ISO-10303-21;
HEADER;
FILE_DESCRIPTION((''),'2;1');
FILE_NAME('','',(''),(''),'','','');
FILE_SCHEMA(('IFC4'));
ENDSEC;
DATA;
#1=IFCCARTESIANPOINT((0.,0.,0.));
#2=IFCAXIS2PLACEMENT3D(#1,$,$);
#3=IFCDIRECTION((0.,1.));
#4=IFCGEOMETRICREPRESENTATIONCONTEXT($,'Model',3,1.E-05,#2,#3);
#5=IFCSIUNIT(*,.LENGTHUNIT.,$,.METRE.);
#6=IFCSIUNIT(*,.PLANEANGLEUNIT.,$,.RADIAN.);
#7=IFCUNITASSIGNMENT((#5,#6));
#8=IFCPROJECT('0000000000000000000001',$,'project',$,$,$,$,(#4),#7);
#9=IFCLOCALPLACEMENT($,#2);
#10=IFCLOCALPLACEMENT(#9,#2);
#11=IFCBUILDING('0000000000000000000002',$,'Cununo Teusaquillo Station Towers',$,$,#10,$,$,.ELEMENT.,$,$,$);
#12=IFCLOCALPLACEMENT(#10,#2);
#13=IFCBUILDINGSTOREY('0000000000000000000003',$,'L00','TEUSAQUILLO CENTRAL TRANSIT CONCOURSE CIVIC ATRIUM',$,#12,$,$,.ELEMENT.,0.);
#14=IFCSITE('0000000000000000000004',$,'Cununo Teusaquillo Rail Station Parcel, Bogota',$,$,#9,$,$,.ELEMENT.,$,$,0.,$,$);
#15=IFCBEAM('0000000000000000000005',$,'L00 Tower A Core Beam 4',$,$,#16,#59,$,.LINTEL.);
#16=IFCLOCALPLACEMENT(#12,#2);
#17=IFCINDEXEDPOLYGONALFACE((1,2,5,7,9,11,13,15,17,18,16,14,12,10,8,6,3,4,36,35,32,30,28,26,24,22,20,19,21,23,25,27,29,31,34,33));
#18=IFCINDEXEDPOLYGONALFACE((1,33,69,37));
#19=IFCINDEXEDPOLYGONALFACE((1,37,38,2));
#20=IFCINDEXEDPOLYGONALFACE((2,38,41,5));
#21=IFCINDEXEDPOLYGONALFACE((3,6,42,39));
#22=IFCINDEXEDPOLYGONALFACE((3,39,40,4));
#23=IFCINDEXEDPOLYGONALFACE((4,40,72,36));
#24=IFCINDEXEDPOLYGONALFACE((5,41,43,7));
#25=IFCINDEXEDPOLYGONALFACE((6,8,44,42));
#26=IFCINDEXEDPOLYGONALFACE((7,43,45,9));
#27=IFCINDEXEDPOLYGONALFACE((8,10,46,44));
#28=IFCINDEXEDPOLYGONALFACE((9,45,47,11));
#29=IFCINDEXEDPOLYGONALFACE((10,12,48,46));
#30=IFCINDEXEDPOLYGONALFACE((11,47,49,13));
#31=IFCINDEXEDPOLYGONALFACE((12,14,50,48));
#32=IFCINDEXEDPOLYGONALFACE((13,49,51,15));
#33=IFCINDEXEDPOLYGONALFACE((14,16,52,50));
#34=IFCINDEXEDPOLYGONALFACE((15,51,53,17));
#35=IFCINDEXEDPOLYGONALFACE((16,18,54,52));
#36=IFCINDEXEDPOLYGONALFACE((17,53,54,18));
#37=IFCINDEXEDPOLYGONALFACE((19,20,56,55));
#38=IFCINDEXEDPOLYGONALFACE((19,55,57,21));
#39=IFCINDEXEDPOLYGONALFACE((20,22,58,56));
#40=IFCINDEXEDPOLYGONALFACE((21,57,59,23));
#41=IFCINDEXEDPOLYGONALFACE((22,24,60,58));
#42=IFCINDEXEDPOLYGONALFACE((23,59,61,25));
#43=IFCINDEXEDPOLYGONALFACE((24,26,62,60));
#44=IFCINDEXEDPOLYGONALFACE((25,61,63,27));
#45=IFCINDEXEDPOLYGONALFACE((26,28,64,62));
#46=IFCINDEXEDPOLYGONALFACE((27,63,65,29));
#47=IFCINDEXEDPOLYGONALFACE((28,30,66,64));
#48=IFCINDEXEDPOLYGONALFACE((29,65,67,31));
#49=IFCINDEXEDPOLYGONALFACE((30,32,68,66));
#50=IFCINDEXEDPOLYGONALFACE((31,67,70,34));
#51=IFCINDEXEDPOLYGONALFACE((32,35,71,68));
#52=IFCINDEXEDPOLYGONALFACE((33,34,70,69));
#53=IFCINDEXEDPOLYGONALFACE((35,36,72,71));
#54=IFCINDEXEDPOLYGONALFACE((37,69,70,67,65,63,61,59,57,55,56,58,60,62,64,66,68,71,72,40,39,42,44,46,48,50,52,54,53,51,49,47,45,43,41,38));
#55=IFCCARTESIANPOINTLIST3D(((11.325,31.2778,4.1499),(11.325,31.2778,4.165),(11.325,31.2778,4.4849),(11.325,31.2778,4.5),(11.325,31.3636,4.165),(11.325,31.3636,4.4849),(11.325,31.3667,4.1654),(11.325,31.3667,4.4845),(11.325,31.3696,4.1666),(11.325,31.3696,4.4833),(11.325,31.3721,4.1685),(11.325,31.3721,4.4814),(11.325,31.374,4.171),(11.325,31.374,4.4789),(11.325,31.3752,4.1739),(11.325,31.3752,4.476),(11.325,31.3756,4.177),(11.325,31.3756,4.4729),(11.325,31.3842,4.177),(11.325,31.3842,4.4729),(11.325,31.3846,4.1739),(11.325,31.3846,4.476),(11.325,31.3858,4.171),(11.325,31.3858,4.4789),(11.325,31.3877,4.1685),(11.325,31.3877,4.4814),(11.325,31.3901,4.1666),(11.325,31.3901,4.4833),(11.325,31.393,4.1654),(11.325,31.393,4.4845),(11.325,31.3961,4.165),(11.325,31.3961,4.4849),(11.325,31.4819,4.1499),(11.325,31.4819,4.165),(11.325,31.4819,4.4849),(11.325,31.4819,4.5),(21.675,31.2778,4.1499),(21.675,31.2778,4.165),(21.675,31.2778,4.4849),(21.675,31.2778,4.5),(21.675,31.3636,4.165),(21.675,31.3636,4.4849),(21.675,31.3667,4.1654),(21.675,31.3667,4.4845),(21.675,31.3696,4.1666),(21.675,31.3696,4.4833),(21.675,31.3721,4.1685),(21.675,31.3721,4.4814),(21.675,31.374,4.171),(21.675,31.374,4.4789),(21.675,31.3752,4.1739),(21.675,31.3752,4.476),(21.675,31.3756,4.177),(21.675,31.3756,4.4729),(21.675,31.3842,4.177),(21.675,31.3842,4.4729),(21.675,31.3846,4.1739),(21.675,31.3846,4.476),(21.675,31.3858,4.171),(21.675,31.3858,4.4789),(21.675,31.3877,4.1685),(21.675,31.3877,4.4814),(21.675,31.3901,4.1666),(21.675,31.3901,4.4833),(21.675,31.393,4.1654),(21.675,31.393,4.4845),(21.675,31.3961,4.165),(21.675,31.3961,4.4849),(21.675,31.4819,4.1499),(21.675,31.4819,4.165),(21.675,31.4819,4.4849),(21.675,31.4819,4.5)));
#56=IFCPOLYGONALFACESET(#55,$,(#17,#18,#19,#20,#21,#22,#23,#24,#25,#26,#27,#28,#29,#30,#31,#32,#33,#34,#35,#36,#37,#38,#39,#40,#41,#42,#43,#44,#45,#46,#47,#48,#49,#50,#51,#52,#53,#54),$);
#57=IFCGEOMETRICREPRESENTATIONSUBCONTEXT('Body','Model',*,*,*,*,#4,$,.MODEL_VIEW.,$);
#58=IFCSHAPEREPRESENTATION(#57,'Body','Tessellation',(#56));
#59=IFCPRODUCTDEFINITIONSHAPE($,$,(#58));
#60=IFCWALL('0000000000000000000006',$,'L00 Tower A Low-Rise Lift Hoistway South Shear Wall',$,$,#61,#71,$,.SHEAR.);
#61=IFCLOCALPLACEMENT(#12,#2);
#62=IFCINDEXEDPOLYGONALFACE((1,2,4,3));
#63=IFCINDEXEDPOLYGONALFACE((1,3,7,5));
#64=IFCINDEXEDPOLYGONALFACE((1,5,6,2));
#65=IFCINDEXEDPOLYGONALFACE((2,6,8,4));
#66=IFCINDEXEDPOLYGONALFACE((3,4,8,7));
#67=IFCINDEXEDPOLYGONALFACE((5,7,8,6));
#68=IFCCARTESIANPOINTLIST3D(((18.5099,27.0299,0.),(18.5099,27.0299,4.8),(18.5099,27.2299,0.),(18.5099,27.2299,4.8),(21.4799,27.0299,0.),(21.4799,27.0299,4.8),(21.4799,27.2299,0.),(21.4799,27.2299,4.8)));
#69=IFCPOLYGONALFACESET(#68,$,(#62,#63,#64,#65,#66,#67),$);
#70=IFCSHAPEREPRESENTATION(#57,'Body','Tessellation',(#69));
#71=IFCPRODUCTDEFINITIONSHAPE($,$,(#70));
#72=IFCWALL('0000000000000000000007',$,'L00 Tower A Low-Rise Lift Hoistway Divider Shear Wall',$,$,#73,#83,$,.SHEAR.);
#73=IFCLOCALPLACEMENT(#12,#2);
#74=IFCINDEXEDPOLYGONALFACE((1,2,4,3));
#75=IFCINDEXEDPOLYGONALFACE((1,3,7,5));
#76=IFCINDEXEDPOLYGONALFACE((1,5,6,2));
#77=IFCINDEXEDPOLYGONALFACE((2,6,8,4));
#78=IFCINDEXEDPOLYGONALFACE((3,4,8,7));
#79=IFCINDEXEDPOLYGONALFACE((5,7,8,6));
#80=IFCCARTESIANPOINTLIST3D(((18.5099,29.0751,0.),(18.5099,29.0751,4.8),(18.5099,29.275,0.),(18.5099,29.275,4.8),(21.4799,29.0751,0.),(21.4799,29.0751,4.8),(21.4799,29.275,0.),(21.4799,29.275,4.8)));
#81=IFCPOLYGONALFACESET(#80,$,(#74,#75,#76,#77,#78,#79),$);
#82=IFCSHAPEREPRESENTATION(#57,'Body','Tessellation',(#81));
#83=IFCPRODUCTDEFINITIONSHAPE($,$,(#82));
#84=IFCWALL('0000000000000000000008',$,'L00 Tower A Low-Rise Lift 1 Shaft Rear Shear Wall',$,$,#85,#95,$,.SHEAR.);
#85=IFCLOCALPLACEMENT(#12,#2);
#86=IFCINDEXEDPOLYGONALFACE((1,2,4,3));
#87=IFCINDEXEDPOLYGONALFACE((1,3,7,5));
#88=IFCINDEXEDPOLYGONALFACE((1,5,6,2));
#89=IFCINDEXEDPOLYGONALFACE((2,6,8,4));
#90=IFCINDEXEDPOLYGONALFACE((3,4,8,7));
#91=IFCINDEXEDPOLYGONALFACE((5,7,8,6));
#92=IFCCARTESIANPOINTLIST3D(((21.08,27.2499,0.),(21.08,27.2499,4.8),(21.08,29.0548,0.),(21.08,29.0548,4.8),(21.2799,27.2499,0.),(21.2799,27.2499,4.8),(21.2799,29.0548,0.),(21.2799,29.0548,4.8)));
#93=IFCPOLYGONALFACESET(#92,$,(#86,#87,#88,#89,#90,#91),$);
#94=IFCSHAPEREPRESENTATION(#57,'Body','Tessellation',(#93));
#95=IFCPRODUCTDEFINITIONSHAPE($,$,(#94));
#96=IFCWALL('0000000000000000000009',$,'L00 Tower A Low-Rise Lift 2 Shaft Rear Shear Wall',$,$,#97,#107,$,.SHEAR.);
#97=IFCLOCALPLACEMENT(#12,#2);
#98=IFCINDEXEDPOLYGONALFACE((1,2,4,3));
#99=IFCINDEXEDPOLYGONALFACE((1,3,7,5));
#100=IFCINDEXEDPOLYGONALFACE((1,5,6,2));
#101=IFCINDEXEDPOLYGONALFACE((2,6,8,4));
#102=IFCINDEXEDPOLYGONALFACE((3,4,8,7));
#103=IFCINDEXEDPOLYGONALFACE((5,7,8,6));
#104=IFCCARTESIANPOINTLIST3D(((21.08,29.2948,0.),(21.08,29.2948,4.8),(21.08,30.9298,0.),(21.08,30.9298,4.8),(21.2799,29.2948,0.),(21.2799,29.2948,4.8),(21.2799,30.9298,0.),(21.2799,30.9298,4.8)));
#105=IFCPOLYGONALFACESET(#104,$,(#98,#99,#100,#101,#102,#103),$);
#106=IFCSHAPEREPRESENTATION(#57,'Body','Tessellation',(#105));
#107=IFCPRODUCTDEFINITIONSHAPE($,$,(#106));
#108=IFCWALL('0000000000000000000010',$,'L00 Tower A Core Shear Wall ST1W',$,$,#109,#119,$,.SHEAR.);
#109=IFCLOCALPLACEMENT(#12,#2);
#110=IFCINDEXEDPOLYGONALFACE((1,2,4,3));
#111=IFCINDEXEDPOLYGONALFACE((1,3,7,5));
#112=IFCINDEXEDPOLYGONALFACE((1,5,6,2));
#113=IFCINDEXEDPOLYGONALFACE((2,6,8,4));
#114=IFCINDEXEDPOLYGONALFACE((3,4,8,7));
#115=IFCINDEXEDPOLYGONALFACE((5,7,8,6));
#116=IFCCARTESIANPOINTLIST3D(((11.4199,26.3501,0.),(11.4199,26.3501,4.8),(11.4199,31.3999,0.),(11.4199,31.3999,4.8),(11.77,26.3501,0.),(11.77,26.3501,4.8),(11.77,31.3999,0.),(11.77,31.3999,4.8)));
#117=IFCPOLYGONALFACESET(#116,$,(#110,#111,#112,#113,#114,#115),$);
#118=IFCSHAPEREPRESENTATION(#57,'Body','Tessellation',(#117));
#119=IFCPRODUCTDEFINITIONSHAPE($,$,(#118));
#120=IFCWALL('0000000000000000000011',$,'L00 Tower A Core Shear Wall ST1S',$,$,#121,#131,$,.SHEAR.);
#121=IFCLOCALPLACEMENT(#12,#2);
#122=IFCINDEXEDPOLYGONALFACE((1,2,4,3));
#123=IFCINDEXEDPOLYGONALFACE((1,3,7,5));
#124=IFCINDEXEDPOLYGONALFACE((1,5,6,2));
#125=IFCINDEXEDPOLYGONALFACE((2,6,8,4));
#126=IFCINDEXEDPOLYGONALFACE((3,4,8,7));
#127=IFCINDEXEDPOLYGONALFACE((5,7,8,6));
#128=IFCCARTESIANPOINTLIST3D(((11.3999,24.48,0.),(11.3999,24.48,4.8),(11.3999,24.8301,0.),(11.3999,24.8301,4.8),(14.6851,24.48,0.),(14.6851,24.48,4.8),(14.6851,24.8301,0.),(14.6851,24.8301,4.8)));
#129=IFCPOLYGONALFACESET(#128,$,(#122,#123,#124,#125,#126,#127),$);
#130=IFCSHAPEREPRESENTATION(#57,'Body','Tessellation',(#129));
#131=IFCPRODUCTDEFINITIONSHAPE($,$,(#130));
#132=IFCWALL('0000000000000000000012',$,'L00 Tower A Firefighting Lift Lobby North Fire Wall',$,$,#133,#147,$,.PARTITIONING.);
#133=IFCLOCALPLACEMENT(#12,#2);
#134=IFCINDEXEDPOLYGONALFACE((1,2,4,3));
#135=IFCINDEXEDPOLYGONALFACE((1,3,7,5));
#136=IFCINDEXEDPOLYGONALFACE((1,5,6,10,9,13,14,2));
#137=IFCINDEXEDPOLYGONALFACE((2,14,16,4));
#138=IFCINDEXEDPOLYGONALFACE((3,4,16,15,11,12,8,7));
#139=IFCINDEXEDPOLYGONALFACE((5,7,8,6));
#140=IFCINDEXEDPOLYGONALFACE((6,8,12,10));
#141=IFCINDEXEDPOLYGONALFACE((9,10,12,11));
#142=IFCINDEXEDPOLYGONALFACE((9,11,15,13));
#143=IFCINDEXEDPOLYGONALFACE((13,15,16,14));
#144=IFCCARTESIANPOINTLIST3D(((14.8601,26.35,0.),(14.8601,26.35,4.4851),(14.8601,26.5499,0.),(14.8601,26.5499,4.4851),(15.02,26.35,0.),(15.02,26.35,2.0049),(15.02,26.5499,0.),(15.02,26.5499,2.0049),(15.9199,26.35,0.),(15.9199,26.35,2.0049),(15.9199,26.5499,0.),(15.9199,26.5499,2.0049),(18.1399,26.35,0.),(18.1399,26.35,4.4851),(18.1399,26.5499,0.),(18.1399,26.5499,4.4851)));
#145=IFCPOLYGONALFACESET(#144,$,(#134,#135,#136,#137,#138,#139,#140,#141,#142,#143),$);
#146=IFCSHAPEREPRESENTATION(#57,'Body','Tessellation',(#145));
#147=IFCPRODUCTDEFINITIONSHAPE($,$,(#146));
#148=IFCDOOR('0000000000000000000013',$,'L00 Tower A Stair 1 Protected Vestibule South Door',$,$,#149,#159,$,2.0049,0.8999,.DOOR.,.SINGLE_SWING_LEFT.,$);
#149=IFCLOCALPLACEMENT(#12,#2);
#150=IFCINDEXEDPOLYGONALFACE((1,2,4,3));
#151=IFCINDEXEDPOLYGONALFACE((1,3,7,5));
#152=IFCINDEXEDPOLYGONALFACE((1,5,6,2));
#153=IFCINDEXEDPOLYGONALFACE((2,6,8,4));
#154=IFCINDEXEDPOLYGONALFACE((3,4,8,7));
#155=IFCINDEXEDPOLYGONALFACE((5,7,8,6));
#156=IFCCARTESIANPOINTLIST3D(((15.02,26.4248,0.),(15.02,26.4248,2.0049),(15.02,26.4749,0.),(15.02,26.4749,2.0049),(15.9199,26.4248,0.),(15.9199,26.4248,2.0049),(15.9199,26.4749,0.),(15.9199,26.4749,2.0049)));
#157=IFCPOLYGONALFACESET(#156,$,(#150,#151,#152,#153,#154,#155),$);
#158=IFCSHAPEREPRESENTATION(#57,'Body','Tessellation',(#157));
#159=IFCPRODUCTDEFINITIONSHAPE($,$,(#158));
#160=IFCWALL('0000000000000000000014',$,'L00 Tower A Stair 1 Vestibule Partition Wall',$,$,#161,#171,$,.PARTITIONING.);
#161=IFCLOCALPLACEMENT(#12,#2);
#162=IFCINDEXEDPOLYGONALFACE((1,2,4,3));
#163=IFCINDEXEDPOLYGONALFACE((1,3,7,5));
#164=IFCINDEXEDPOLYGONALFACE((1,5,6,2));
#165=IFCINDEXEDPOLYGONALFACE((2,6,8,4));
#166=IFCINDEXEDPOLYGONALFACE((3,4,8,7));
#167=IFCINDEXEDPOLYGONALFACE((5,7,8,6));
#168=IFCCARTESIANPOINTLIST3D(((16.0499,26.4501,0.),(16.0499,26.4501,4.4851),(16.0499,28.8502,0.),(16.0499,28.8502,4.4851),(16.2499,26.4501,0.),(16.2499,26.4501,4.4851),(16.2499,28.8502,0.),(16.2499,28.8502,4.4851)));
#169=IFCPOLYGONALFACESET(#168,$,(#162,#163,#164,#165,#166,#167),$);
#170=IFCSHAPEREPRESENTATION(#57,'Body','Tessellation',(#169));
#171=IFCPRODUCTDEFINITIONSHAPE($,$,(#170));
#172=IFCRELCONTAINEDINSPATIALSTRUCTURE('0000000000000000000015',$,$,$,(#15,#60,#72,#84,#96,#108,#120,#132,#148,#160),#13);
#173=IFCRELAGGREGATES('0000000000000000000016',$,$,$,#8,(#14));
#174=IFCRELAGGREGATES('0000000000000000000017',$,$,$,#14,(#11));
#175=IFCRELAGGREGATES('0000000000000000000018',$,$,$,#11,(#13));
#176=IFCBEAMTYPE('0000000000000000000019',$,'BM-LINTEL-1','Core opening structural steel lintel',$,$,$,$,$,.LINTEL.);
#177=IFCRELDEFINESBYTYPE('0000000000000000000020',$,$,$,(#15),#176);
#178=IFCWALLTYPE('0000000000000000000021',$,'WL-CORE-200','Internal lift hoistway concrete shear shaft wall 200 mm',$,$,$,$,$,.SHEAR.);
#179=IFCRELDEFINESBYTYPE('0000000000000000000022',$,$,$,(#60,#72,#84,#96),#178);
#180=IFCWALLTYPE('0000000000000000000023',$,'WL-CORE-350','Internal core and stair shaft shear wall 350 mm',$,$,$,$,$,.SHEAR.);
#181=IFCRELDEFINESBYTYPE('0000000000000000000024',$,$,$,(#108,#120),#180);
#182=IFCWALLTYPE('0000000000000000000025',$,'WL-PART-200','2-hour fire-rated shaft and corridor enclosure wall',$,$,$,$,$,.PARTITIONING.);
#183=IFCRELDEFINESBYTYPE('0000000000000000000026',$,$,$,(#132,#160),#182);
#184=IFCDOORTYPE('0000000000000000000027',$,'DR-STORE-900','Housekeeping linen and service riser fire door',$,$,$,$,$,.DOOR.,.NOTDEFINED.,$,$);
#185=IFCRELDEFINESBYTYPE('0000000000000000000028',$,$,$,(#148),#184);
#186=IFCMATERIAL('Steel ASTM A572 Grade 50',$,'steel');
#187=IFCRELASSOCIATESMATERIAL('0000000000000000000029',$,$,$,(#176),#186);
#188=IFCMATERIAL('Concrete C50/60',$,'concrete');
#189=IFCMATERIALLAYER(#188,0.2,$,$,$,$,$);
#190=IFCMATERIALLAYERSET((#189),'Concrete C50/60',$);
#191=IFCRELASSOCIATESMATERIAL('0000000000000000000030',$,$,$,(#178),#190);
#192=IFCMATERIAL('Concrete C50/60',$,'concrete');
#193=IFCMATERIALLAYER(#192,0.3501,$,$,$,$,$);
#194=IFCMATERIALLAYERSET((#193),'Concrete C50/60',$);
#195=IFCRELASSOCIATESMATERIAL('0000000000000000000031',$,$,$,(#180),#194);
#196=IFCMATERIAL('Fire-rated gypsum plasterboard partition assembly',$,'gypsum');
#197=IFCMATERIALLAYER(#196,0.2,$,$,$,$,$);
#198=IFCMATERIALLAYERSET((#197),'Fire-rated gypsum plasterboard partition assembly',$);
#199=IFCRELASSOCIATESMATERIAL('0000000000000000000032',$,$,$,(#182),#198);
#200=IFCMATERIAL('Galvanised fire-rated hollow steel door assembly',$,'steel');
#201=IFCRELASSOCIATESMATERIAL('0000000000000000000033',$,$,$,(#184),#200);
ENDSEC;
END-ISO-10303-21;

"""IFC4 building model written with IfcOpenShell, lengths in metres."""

from ifc_helpers import new_model, si_unit, direction, frame, frame_2d, origin, origin_2d, place, context, subcontext, project, spatial, rectangle, i_section, extrude, source, transform, mapped, material, layer, layer_set, material_profile, profile_set, type_object, element, fill, save


model = new_model("IFC4")

# Units and contexts
model_context = context("Model", 3, precision=1e-05, world=origin(), true_north=direction((0.0, 1.0)))
body_context = subcontext(model_context, "Body", "Model", "MODEL_VIEW")
ifc_project = project(units=[si_unit("LENGTHUNIT", "METRE"), si_unit("PLANEANGLEUNIT", "RADIAN")], contexts=[model_context])

# Site, building, storey
site_placement = place(None, origin())
site = spatial("IfcSite", under=ifc_project, at=site_placement, Name="Cununo Teusaquillo Rail Station Parcel, Bogota", CompositionType="ELEMENT", RefElevation=0.0)
building_placement = place(site_placement, origin())
building = spatial("IfcBuilding", under=site, at=building_placement, Name="Cununo Teusaquillo Station Towers", CompositionType="ELEMENT")
storey_placement = place(building_placement, origin())
storey = spatial("IfcBuildingStorey", under=building, at=storey_placement, Name="L00", Description="TEUSAQUILLO CENTRAL TRANSIT CONCOURSE CIVIC ATRIUM", CompositionType="ELEMENT", Elevation=0.0)

# Beam
ifc_material_1 = material(Name="Steel ASTM A572 Grade 50", Category="steel")
ifc_material_profile = material_profile(ifc_material_1, i_section(OverallWidth=0.2041, OverallDepth=0.3501, WebThickness=0.0085, FlangeThickness=0.0151, FilletRadius=0.012, at=origin_2d()), Name="W14X48")
ifc_profile_set = profile_set([ifc_material_profile], Name="Steel ASTM A572 Grade 50")
beam_type = type_object("IfcBeamType", Name="BM-LINTEL-1", Description="Core opening structural steel lintel", PredefinedType="LINTEL", material=ifc_profile_set)
beam_placement = place(storey_placement, frame((11.325, 31.3799, 4.325), z_axis=(1.0, 0.0, 0.0), x_axis=(0.0, 1.0, 0.0)))
element("IfcBeam", 1, at=beam_placement, inside=storey, type_object=beam_type, Name="L00 Tower A Core Beam 4", PredefinedType="LINTEL", context=body_context, shape_type="SweptSolid", body=[
    extrude(i_section(OverallWidth=0.2041, OverallDepth=0.3501, WebThickness=0.0085, FlangeThickness=0.0151, FilletRadius=0.012, at=origin_2d()), origin(), (0.0, 0.0, 1.0), 10.3501),
])

# Walls
ifc_material_2 = material(Name="Concrete C50/60", Category="concrete")
ifc_layer_1 = layer(ifc_material_2, 0.2)
ifc_layer_set_1 = layer_set([ifc_layer_1], Name="Concrete C50/60")
wall_type_1 = type_object("IfcWallType", Name="WL-CORE-200", Description="Internal lift hoistway concrete shear shaft wall 200 mm", PredefinedType="SHEAR", material=ifc_layer_set_1)
for number, where, z_axis, x_axis, name in (
    (2, (18.51, 27.1299, 0.0), (0.0, 0.0, 1.0), (1.0, 0.0, 0.0), "L00 Tower A Low-Rise Lift Hoistway South Shear Wall"),
    (3, (18.51, 29.175, 0.0), (0.0, 0.0, 1.0), (1.0, 0.0, 0.0), "L00 Tower A Low-Rise Lift Hoistway Divider Shear Wall"),
):
    element("IfcWall", number, at=place(storey_placement, frame(where, z_axis=z_axis, x_axis=x_axis)), inside=storey, type_object=wall_type_1, Name=name, PredefinedType="SHEAR", context=body_context, shape_type="SweptSolid", body=[
        extrude(rectangle(XDim=2.97, YDim=0.2, at=frame_2d((1.4849, 0.0))), origin(), (0.0, 0.0, 1.0), 4.8),
    ])
wall_1_placement = place(storey_placement, frame((21.1799, 27.25, 0.0), z_axis=(0.0, 0.0, 1.0), x_axis=(0.0, 1.0, 0.0)))
element("IfcWall", 4, at=wall_1_placement, inside=storey, type_object=wall_type_1, Name="L00 Tower A Low-Rise Lift 1 Shaft Rear Shear Wall", PredefinedType="SHEAR", context=body_context, shape_type="SweptSolid", body=[
    extrude(rectangle(XDim=1.8049, YDim=0.2, at=frame_2d((0.9023, 0.0))), origin(), (0.0, 0.0, 1.0), 4.8),
])
wall_2_placement = place(storey_placement, frame((21.1799, 29.2949, 0.0), z_axis=(0.0, 0.0, 1.0), x_axis=(0.0, 1.0, 0.0)))
element("IfcWall", 5, at=wall_2_placement, inside=storey, type_object=wall_type_1, Name="L00 Tower A Low-Rise Lift 2 Shaft Rear Shear Wall", PredefinedType="SHEAR", context=body_context, shape_type="SweptSolid", body=[
    extrude(rectangle(XDim=1.635, YDim=0.2, at=frame_2d((0.8174, 0.0))), origin(), (0.0, 0.0, 1.0), 4.8),
])
ifc_material_3 = material(Name="Concrete C50/60", Category="concrete")
ifc_layer_2 = layer(ifc_material_3, 0.3501)
ifc_layer_set_2 = layer_set([ifc_layer_2], Name="Concrete C50/60")
wall_type_2 = type_object("IfcWallType", Name="WL-CORE-350", Description="Internal core and stair shaft shear wall 350 mm", PredefinedType="SHEAR", material=ifc_layer_set_2)
wall_3_placement = place(storey_placement, frame((11.595, 26.3501, 0.0), z_axis=(0.0, 0.0, 1.0), x_axis=(0.0, 1.0, 0.0)))
element("IfcWall", 6, at=wall_3_placement, inside=storey, type_object=wall_type_2, Name="L00 Tower A Core Shear Wall ST1W", PredefinedType="SHEAR", context=body_context, shape_type="SweptSolid", body=[
    extrude(rectangle(XDim=5.0498, YDim=0.3501, at=frame_2d((2.5249, 0.0))), origin(), (0.0, 0.0, 1.0), 4.8),
])
wall_4_placement = place(storey_placement, frame((11.3999, 24.655, 0.0), z_axis=(0.0, 0.0, 1.0), x_axis=(1.0, 0.0, 0.0)))
element("IfcWall", 7, at=wall_4_placement, inside=storey, type_object=wall_type_2, Name="L00 Tower A Core Shear Wall ST1S", PredefinedType="SHEAR", context=body_context, shape_type="SweptSolid", body=[
    extrude(rectangle(XDim=3.2852, YDim=0.3501, at=frame_2d((1.6426, 0.0))), origin(), (0.0, 0.0, 1.0), 4.8),
])

# Wall, opening, door
ifc_material_4 = material(Name="Fire-rated gypsum plasterboard partition assembly", Category="gypsum")
ifc_layer_3 = layer(ifc_material_4, 0.2)
ifc_layer_set_3 = layer_set([ifc_layer_3], Name="Fire-rated gypsum plasterboard partition assembly")
wall_type_3 = type_object("IfcWallType", Name="WL-PART-200", Description="2-hour fire-rated shaft and corridor enclosure wall", PredefinedType="PARTITIONING", material=ifc_layer_set_3)
wall_5_placement = place(storey_placement, frame((14.8601, 26.45, 0.0), z_axis=(0.0, 0.0, 1.0), x_axis=(1.0, 0.0, 0.0)))
wall_5 = element("IfcWall", 8, at=wall_5_placement, inside=storey, type_object=wall_type_3, Name="L00 Tower A Firefighting Lift Lobby North Fire Wall", PredefinedType="PARTITIONING", context=body_context, shape_type="SweptSolid", body=[
    extrude(rectangle(XDim=3.2798, YDim=0.2, at=frame_2d((1.6399, 0.0))), origin(), (0.0, 0.0, 1.0), 4.4851),
])
shared_shape_1 = source(origin(), body_context, "Body", "SweptSolid", [
    extrude(rectangle(XDim=0.8999, YDim=2.0049, at=frame_2d((0.45, 1.0024))), frame((0.0, 0.1099, 0.0), z_axis=(0.0, -1.0, 0.0), x_axis=(1.0, 0.0, 0.0)), (0.0, 0.0, 1.0), 0.22),
])
opening_1_placement = place(wall_5_placement, frame((0.1599, 0.0, 0.0)))
opening_1 = element("IfcOpeningElement", 9, at=opening_1_placement, cuts=wall_5, PredefinedType="OPENING", context=body_context, shape_type="MappedRepresentation", body=[
    mapped(shared_shape_1, transform((0.0, 0.0, 0.0), x_axis=(1.0, 0.0, 0.0), y_axis=(0.0, 1.0, 0.0), z_axis=(0.0, 0.0, 1.0), scale=1.0)),
])
ifc_material_5 = material(Name="Galvanised fire-rated hollow steel door assembly", Category="steel")
door_type_1 = type_object("IfcDoorType", Name="DR-STORE-900", Description="Housekeeping linen and service riser fire door", OperationType="NOTDEFINED", PredefinedType="DOOR", material=ifc_material_5)
shared_shape_2 = source(origin(), body_context, "Body", "SweptSolid", [
    extrude(rectangle(XDim=0.8999, YDim=2.0049, at=frame_2d((0.45, 1.0024))), frame((0.0, 0.0249, 0.0), z_axis=(0.0, -1.0, 0.0), x_axis=(1.0, 0.0, 0.0)), (0.0, 0.0, 1.0), 0.05),
])
door_1_placement = place(opening_1_placement, origin())
door_1 = element("IfcDoor", 10, at=door_1_placement, inside=storey, type_object=door_type_1, Name="L00 Tower A Stair 1 Protected Vestibule South Door", OperationType="SINGLE_SWING_LEFT", OverallHeight=2.0049, OverallWidth=0.8999, PredefinedType="DOOR", context=body_context, shape_type="MappedRepresentation", body=[
    mapped(shared_shape_2, transform((0.0, 0.0, 0.0), x_axis=(1.0, 0.0, 0.0), y_axis=(0.0, 1.0, 0.0), z_axis=(0.0, 0.0, 1.0), scale=1.0)),
])
fill(opening_1, door_1)

# Wall
wall_6_placement = place(storey_placement, frame((16.1499, 26.45, 0.0), z_axis=(0.0, 0.0, 1.0), x_axis=(0.0, 1.0, 0.0)))
element("IfcWall", 11, at=wall_6_placement, inside=storey, type_object=wall_type_3, Name="L00 Tower A Stair 1 Vestibule Partition Wall", PredefinedType="PARTITIONING", context=body_context, shape_type="SweptSolid", body=[
    extrude(rectangle(XDim=2.4001, YDim=0.2, at=frame_2d((1.2002, 0.0))), origin(), (0.0, 0.0, 1.0), 4.4851),
])

save(model, "model.ifc")
